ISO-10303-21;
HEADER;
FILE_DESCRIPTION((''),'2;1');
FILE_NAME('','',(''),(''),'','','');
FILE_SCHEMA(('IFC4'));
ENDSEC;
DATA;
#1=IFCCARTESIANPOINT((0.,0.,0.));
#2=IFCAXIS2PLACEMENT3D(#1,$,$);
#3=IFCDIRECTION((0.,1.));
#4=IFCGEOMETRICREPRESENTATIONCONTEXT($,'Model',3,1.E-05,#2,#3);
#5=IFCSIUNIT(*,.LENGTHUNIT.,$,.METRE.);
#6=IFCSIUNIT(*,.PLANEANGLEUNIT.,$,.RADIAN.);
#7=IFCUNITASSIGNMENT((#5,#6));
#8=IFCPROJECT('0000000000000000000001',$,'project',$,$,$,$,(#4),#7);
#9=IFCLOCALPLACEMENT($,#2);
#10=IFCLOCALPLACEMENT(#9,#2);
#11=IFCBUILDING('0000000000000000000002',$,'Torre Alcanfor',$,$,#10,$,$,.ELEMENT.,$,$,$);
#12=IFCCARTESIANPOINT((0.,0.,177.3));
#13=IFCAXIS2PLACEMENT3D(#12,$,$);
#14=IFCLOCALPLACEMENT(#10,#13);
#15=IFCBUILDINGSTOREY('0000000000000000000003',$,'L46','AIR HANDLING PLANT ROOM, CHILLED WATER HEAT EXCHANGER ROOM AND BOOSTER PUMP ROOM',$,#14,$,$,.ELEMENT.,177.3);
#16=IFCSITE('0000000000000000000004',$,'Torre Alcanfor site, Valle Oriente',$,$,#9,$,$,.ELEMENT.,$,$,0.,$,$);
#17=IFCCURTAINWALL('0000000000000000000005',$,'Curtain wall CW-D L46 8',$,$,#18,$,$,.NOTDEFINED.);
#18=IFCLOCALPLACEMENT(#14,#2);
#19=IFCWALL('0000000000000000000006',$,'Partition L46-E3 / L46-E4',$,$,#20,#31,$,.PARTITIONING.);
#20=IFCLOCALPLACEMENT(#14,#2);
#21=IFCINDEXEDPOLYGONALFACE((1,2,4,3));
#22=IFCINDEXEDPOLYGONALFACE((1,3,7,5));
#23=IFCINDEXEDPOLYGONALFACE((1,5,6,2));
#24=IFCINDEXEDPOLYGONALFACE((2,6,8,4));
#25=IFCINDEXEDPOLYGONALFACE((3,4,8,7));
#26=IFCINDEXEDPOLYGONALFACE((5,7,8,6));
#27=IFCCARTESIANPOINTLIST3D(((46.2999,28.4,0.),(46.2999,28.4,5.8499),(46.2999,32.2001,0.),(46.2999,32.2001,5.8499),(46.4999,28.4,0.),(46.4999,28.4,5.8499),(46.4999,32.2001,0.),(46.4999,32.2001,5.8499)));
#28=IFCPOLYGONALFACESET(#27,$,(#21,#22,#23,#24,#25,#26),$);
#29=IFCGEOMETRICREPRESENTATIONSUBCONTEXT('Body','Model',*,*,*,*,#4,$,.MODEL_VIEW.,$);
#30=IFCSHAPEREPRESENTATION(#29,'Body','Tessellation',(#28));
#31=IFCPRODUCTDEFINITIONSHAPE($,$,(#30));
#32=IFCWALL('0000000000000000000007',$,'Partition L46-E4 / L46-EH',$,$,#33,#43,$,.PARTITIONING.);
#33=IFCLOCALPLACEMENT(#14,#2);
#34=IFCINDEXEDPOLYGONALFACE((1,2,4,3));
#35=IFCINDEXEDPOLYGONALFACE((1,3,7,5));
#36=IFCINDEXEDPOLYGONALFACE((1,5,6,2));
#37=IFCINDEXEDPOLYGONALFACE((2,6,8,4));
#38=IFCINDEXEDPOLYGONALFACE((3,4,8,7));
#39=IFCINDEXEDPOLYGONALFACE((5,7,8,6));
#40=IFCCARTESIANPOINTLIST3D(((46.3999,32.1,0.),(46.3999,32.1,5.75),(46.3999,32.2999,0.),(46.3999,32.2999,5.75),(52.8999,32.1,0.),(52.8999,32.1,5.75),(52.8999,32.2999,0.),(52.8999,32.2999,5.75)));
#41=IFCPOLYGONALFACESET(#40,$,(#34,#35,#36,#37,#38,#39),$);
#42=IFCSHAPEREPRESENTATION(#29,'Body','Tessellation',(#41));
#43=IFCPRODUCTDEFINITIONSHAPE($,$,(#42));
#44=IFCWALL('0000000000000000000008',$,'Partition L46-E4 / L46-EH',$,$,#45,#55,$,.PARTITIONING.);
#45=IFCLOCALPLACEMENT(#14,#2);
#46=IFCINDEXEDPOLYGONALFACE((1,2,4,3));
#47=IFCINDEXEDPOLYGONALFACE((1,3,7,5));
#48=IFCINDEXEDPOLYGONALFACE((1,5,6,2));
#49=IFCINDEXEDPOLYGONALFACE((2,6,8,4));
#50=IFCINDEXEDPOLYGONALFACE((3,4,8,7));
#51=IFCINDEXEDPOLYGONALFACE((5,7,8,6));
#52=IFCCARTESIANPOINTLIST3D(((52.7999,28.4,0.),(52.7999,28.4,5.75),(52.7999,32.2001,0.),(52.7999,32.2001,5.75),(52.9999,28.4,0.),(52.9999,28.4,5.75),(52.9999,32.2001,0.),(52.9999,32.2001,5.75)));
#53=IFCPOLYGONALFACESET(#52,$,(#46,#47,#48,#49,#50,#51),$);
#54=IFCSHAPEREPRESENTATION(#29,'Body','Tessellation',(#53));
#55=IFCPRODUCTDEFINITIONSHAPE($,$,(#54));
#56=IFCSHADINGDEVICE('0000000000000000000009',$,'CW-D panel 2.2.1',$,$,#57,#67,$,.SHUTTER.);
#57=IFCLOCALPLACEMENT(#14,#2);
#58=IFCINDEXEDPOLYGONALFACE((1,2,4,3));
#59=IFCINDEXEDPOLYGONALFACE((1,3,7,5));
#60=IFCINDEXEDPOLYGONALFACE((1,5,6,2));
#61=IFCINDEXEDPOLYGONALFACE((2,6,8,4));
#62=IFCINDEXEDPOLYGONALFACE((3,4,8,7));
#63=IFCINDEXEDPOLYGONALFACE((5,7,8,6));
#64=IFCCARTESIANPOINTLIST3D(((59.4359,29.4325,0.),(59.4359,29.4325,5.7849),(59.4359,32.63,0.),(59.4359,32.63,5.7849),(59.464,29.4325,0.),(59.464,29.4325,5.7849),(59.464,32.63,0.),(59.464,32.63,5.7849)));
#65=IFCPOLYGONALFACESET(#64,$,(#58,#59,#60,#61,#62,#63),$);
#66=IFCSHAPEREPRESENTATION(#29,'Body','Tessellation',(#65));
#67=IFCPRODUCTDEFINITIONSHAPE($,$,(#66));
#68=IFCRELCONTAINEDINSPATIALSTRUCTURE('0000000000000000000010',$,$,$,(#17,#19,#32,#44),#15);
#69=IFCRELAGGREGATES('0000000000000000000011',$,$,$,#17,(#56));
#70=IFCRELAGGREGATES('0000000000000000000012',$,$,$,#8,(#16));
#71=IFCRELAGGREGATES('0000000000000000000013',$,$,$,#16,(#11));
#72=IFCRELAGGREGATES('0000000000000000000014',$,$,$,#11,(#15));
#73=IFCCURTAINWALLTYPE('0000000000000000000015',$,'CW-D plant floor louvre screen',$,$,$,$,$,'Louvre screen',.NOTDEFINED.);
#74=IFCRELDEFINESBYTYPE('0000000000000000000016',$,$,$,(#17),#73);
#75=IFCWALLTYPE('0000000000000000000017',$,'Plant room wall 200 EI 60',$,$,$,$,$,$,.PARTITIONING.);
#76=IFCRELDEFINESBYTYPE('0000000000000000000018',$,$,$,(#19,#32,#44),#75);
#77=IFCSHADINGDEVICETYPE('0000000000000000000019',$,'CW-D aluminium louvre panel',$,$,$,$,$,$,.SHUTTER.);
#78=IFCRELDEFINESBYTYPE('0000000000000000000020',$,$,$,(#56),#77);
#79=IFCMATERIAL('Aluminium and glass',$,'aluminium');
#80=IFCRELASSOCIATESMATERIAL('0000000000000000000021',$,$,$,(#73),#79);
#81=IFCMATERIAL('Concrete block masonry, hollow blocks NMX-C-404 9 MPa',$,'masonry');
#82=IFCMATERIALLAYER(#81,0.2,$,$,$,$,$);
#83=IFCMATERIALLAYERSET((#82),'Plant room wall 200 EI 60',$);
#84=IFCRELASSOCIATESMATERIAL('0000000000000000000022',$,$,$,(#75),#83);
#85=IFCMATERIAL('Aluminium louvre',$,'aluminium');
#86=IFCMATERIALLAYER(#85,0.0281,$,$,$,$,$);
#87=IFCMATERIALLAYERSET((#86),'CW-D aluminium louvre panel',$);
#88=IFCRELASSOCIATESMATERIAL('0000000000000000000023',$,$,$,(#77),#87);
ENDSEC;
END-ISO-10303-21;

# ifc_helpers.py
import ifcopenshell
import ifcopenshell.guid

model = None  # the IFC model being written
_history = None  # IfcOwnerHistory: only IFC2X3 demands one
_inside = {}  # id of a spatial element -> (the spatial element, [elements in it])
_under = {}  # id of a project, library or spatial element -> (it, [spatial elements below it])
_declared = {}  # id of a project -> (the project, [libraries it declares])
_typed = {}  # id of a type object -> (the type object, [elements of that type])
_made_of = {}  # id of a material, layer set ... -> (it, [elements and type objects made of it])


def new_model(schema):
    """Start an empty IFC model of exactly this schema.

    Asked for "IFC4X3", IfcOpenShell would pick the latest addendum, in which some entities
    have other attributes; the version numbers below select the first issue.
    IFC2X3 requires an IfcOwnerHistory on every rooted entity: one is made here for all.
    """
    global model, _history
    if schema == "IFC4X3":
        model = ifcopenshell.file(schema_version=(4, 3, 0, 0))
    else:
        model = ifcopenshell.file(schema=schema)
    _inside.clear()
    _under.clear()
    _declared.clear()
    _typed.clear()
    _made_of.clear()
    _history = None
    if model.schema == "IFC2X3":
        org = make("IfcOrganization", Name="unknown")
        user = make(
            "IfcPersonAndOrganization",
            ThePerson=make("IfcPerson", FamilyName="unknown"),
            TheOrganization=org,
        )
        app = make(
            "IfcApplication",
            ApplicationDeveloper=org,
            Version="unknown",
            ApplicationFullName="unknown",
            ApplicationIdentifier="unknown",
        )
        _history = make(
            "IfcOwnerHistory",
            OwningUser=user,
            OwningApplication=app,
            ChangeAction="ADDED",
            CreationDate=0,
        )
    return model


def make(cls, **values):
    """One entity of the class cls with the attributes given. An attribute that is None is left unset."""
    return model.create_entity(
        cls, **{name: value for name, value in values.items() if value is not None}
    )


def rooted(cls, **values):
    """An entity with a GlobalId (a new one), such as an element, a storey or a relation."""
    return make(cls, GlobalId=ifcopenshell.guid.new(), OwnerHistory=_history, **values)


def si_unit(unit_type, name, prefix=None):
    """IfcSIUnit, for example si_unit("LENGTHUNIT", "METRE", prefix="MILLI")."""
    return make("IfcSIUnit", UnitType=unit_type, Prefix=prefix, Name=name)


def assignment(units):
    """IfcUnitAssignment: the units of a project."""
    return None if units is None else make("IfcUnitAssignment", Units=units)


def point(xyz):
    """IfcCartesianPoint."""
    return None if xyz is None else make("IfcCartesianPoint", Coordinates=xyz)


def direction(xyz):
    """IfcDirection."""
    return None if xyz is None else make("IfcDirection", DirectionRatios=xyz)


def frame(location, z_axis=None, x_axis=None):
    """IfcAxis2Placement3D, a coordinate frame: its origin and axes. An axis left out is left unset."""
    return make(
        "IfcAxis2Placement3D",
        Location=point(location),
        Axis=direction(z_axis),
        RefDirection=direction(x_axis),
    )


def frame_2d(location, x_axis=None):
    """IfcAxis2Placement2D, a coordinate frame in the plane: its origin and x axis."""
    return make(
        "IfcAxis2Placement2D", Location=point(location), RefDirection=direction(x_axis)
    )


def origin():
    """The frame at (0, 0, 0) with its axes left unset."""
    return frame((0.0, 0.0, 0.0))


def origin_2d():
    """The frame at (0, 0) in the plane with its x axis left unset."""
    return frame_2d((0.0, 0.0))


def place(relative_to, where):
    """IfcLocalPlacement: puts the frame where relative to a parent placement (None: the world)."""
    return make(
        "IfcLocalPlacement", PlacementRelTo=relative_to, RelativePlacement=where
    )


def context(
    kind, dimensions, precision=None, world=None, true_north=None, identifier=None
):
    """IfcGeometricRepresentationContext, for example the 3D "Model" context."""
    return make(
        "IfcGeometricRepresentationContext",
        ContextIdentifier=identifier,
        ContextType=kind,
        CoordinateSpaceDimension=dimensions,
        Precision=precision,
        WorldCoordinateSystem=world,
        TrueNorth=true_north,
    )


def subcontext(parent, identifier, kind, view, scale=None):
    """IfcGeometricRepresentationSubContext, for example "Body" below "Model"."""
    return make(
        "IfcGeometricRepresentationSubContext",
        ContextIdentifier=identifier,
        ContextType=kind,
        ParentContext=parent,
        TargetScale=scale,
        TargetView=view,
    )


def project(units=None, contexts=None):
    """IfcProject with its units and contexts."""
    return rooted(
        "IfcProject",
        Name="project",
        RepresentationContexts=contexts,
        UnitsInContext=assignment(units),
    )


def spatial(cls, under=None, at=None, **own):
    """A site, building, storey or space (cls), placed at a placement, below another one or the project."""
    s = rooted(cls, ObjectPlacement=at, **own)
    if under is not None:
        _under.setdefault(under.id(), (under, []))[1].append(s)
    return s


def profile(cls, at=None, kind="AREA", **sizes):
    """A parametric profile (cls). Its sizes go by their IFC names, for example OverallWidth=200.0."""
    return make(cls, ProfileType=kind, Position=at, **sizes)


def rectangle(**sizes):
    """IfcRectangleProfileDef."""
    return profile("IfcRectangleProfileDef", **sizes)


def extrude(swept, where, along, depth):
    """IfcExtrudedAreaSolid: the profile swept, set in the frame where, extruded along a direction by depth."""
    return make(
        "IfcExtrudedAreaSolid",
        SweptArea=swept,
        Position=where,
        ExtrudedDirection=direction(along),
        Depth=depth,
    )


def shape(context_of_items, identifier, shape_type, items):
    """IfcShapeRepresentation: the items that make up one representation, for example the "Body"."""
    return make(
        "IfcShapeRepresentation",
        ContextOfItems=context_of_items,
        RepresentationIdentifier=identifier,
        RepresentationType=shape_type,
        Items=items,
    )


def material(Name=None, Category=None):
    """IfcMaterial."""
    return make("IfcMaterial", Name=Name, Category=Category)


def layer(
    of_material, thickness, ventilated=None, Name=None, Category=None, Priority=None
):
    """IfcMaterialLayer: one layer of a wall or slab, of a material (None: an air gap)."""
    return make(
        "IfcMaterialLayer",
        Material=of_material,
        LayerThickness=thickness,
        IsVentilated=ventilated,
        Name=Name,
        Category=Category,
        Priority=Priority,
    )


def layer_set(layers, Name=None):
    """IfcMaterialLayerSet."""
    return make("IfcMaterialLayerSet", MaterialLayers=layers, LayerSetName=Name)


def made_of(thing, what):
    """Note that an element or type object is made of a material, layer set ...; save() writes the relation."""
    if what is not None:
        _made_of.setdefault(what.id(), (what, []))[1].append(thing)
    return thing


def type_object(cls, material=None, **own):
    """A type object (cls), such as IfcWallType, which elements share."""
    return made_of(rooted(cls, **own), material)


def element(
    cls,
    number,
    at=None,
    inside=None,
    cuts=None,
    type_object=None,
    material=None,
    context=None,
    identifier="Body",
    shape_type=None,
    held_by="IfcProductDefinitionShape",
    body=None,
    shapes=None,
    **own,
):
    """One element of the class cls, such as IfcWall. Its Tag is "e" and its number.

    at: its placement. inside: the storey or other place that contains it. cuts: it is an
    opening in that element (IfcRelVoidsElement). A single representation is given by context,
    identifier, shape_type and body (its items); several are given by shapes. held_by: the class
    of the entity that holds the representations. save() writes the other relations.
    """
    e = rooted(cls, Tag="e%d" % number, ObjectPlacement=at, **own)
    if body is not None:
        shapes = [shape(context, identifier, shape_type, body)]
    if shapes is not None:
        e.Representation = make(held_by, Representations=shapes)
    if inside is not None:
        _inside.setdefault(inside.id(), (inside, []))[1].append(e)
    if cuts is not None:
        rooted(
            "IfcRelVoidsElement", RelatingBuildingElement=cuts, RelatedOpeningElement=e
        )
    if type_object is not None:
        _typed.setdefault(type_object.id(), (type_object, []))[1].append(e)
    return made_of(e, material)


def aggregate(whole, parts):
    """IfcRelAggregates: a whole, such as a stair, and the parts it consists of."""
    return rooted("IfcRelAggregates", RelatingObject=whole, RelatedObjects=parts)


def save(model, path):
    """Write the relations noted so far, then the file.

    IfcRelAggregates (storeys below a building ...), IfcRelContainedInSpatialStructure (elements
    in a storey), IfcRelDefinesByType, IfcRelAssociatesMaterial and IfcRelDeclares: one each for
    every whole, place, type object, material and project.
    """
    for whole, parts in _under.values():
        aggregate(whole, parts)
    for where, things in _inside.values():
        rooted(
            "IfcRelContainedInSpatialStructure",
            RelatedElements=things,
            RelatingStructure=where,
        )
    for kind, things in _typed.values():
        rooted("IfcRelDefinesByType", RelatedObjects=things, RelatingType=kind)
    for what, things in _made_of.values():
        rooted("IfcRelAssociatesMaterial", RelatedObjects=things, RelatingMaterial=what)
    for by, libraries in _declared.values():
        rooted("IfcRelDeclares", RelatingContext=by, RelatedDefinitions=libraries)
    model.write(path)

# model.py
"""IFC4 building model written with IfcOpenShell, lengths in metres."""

from ifc_helpers import new_model, si_unit, direction, frame, frame_2d, origin, origin_2d, place, context, subcontext, project, spatial, rectangle, extrude, material, layer, layer_set, type_object, element, aggregate, save


model = new_model("IFC4")

# Units and contexts
model_context = context("Model", 3, precision=1e-05, world=origin(), true_north=direction((0.0, 1.0)))
body_context = subcontext(model_context, "Body", "Model", "MODEL_VIEW")
ifc_project = project(units=[si_unit("LENGTHUNIT", "METRE"), si_unit("PLANEANGLEUNIT", "RADIAN")], contexts=[model_context])

# Site, building, storey
site_placement = place(None, origin())
site = spatial("IfcSite", under=ifc_project, at=site_placement, Name="Torre Alcanfor site, Valle Oriente", CompositionType="ELEMENT", RefElevation=0.0)
building_placement = place(site_placement, origin())
building = spatial("IfcBuilding", under=site, at=building_placement, Name="Torre Alcanfor", CompositionType="ELEMENT")
storey_placement = place(building_placement, frame((0.0, 0.0, 177.3)))
storey = spatial("IfcBuildingStorey", under=building, at=storey_placement, Name="L46", Description="AIR HANDLING PLANT ROOM, CHILLED WATER HEAT EXCHANGER ROOM AND BOOSTER PUMP ROOM", CompositionType="ELEMENT", Elevation=177.3)

# Curtain wall
ifc_material_1 = material(Name="Aluminium and glass", Category="aluminium")
curtain_wall_type = type_object("IfcCurtainWallType", Name="CW-D plant floor louvre screen", ElementType="Louvre screen", PredefinedType="NOTDEFINED", material=ifc_material_1)
curtain_wall_placement = place(storey_placement, origin())
curtain_wall = element("IfcCurtainWall", 1, at=curtain_wall_placement, inside=storey, type_object=curtain_wall_type, Name="Curtain wall CW-D L46 8", PredefinedType="NOTDEFINED")

# Walls
ifc_material_2 = material(Name="Concrete block masonry, hollow blocks NMX-C-404 9 MPa", Category="masonry")
ifc_layer_1 = layer(ifc_material_2, 0.2)
ifc_layer_set_1 = layer_set([ifc_layer_1], Name="Plant room wall 200 EI 60")
wall_type = type_object("IfcWallType", Name="Plant room wall 200 EI 60", PredefinedType="PARTITIONING", material=ifc_layer_set_1)
wall_1_placement = place(storey_placement, frame((46.3999, 32.2, 0.0), z_axis=(0.0, 0.0, 1.0), x_axis=(0.0, -1.0, 0.0)))
element("IfcWall", 2, at=wall_1_placement, inside=storey, type_object=wall_type, Name="Partition L46-E3 / L46-E4", PredefinedType="PARTITIONING", context=body_context, shape_type="SweptSolid", body=[
    extrude(rectangle(XDim=3.8, YDim=0.2, at=frame_2d((1.8999, 0.0))), origin(), (0.0, 0.0, 1.0), 5.8499),
])
wall_2_placement = place(storey_placement, frame((46.3999, 32.2, 0.0), z_axis=(0.0, 0.0, 1.0), x_axis=(1.0, 0.0, 0.0)))
element("IfcWall", 3, at=wall_2_placement, inside=storey, type_object=wall_type, Name="Partition L46-E4 / L46-EH", PredefinedType="PARTITIONING", context=body_context, shape_type="SweptSolid", body=[
    extrude(rectangle(XDim=6.5, YDim=0.2, at=frame_2d((3.25, 0.0))), origin(), (0.0, 0.0, 1.0), 5.75),
])
wall_3_placement = place(storey_placement, frame((52.8999, 32.2, 0.0), z_axis=(0.0, 0.0, 1.0), x_axis=(0.0, -1.0, 0.0)))
element("IfcWall", 4, at=wall_3_placement, inside=storey, type_object=wall_type, Name="Partition L46-E4 / L46-EH", PredefinedType="PARTITIONING", context=body_context, shape_type="SweptSolid", body=[
    extrude(rectangle(XDim=3.8, YDim=0.2, at=frame_2d((1.8999, 0.0))), origin(), (0.0, 0.0, 1.0), 5.75),
])

# Shading device
ifc_material_3 = material(Name="Aluminium louvre", Category="aluminium")
ifc_layer_2 = layer(ifc_material_3, 0.0281)
ifc_layer_set_2 = layer_set([ifc_layer_2], Name="CW-D aluminium louvre panel")
shading_device_type = type_object("IfcShadingDeviceType", Name="CW-D aluminium louvre panel", PredefinedType="SHUTTER", material=ifc_layer_set_2)
shading_device_placement = place(storey_placement, frame((59.45, 31.0312, 0.0), z_axis=(0.0, 0.0, 1.0), x_axis=(0.0, 1.0, 0.0)))
shading_device = element("IfcShadingDevice", 5, at=shading_device_placement, type_object=shading_device_type, Name="CW-D panel 2.2.1", PredefinedType="SHUTTER", context=body_context, shape_type="SweptSolid", body=[
    extrude(rectangle(XDim=3.1975, YDim=0.0281, at=origin_2d()), origin(), (0.0, 0.0, 1.0), 5.7849),
])
aggregate(curtain_wall, [shading_device])

save(model, "model.ifc")
